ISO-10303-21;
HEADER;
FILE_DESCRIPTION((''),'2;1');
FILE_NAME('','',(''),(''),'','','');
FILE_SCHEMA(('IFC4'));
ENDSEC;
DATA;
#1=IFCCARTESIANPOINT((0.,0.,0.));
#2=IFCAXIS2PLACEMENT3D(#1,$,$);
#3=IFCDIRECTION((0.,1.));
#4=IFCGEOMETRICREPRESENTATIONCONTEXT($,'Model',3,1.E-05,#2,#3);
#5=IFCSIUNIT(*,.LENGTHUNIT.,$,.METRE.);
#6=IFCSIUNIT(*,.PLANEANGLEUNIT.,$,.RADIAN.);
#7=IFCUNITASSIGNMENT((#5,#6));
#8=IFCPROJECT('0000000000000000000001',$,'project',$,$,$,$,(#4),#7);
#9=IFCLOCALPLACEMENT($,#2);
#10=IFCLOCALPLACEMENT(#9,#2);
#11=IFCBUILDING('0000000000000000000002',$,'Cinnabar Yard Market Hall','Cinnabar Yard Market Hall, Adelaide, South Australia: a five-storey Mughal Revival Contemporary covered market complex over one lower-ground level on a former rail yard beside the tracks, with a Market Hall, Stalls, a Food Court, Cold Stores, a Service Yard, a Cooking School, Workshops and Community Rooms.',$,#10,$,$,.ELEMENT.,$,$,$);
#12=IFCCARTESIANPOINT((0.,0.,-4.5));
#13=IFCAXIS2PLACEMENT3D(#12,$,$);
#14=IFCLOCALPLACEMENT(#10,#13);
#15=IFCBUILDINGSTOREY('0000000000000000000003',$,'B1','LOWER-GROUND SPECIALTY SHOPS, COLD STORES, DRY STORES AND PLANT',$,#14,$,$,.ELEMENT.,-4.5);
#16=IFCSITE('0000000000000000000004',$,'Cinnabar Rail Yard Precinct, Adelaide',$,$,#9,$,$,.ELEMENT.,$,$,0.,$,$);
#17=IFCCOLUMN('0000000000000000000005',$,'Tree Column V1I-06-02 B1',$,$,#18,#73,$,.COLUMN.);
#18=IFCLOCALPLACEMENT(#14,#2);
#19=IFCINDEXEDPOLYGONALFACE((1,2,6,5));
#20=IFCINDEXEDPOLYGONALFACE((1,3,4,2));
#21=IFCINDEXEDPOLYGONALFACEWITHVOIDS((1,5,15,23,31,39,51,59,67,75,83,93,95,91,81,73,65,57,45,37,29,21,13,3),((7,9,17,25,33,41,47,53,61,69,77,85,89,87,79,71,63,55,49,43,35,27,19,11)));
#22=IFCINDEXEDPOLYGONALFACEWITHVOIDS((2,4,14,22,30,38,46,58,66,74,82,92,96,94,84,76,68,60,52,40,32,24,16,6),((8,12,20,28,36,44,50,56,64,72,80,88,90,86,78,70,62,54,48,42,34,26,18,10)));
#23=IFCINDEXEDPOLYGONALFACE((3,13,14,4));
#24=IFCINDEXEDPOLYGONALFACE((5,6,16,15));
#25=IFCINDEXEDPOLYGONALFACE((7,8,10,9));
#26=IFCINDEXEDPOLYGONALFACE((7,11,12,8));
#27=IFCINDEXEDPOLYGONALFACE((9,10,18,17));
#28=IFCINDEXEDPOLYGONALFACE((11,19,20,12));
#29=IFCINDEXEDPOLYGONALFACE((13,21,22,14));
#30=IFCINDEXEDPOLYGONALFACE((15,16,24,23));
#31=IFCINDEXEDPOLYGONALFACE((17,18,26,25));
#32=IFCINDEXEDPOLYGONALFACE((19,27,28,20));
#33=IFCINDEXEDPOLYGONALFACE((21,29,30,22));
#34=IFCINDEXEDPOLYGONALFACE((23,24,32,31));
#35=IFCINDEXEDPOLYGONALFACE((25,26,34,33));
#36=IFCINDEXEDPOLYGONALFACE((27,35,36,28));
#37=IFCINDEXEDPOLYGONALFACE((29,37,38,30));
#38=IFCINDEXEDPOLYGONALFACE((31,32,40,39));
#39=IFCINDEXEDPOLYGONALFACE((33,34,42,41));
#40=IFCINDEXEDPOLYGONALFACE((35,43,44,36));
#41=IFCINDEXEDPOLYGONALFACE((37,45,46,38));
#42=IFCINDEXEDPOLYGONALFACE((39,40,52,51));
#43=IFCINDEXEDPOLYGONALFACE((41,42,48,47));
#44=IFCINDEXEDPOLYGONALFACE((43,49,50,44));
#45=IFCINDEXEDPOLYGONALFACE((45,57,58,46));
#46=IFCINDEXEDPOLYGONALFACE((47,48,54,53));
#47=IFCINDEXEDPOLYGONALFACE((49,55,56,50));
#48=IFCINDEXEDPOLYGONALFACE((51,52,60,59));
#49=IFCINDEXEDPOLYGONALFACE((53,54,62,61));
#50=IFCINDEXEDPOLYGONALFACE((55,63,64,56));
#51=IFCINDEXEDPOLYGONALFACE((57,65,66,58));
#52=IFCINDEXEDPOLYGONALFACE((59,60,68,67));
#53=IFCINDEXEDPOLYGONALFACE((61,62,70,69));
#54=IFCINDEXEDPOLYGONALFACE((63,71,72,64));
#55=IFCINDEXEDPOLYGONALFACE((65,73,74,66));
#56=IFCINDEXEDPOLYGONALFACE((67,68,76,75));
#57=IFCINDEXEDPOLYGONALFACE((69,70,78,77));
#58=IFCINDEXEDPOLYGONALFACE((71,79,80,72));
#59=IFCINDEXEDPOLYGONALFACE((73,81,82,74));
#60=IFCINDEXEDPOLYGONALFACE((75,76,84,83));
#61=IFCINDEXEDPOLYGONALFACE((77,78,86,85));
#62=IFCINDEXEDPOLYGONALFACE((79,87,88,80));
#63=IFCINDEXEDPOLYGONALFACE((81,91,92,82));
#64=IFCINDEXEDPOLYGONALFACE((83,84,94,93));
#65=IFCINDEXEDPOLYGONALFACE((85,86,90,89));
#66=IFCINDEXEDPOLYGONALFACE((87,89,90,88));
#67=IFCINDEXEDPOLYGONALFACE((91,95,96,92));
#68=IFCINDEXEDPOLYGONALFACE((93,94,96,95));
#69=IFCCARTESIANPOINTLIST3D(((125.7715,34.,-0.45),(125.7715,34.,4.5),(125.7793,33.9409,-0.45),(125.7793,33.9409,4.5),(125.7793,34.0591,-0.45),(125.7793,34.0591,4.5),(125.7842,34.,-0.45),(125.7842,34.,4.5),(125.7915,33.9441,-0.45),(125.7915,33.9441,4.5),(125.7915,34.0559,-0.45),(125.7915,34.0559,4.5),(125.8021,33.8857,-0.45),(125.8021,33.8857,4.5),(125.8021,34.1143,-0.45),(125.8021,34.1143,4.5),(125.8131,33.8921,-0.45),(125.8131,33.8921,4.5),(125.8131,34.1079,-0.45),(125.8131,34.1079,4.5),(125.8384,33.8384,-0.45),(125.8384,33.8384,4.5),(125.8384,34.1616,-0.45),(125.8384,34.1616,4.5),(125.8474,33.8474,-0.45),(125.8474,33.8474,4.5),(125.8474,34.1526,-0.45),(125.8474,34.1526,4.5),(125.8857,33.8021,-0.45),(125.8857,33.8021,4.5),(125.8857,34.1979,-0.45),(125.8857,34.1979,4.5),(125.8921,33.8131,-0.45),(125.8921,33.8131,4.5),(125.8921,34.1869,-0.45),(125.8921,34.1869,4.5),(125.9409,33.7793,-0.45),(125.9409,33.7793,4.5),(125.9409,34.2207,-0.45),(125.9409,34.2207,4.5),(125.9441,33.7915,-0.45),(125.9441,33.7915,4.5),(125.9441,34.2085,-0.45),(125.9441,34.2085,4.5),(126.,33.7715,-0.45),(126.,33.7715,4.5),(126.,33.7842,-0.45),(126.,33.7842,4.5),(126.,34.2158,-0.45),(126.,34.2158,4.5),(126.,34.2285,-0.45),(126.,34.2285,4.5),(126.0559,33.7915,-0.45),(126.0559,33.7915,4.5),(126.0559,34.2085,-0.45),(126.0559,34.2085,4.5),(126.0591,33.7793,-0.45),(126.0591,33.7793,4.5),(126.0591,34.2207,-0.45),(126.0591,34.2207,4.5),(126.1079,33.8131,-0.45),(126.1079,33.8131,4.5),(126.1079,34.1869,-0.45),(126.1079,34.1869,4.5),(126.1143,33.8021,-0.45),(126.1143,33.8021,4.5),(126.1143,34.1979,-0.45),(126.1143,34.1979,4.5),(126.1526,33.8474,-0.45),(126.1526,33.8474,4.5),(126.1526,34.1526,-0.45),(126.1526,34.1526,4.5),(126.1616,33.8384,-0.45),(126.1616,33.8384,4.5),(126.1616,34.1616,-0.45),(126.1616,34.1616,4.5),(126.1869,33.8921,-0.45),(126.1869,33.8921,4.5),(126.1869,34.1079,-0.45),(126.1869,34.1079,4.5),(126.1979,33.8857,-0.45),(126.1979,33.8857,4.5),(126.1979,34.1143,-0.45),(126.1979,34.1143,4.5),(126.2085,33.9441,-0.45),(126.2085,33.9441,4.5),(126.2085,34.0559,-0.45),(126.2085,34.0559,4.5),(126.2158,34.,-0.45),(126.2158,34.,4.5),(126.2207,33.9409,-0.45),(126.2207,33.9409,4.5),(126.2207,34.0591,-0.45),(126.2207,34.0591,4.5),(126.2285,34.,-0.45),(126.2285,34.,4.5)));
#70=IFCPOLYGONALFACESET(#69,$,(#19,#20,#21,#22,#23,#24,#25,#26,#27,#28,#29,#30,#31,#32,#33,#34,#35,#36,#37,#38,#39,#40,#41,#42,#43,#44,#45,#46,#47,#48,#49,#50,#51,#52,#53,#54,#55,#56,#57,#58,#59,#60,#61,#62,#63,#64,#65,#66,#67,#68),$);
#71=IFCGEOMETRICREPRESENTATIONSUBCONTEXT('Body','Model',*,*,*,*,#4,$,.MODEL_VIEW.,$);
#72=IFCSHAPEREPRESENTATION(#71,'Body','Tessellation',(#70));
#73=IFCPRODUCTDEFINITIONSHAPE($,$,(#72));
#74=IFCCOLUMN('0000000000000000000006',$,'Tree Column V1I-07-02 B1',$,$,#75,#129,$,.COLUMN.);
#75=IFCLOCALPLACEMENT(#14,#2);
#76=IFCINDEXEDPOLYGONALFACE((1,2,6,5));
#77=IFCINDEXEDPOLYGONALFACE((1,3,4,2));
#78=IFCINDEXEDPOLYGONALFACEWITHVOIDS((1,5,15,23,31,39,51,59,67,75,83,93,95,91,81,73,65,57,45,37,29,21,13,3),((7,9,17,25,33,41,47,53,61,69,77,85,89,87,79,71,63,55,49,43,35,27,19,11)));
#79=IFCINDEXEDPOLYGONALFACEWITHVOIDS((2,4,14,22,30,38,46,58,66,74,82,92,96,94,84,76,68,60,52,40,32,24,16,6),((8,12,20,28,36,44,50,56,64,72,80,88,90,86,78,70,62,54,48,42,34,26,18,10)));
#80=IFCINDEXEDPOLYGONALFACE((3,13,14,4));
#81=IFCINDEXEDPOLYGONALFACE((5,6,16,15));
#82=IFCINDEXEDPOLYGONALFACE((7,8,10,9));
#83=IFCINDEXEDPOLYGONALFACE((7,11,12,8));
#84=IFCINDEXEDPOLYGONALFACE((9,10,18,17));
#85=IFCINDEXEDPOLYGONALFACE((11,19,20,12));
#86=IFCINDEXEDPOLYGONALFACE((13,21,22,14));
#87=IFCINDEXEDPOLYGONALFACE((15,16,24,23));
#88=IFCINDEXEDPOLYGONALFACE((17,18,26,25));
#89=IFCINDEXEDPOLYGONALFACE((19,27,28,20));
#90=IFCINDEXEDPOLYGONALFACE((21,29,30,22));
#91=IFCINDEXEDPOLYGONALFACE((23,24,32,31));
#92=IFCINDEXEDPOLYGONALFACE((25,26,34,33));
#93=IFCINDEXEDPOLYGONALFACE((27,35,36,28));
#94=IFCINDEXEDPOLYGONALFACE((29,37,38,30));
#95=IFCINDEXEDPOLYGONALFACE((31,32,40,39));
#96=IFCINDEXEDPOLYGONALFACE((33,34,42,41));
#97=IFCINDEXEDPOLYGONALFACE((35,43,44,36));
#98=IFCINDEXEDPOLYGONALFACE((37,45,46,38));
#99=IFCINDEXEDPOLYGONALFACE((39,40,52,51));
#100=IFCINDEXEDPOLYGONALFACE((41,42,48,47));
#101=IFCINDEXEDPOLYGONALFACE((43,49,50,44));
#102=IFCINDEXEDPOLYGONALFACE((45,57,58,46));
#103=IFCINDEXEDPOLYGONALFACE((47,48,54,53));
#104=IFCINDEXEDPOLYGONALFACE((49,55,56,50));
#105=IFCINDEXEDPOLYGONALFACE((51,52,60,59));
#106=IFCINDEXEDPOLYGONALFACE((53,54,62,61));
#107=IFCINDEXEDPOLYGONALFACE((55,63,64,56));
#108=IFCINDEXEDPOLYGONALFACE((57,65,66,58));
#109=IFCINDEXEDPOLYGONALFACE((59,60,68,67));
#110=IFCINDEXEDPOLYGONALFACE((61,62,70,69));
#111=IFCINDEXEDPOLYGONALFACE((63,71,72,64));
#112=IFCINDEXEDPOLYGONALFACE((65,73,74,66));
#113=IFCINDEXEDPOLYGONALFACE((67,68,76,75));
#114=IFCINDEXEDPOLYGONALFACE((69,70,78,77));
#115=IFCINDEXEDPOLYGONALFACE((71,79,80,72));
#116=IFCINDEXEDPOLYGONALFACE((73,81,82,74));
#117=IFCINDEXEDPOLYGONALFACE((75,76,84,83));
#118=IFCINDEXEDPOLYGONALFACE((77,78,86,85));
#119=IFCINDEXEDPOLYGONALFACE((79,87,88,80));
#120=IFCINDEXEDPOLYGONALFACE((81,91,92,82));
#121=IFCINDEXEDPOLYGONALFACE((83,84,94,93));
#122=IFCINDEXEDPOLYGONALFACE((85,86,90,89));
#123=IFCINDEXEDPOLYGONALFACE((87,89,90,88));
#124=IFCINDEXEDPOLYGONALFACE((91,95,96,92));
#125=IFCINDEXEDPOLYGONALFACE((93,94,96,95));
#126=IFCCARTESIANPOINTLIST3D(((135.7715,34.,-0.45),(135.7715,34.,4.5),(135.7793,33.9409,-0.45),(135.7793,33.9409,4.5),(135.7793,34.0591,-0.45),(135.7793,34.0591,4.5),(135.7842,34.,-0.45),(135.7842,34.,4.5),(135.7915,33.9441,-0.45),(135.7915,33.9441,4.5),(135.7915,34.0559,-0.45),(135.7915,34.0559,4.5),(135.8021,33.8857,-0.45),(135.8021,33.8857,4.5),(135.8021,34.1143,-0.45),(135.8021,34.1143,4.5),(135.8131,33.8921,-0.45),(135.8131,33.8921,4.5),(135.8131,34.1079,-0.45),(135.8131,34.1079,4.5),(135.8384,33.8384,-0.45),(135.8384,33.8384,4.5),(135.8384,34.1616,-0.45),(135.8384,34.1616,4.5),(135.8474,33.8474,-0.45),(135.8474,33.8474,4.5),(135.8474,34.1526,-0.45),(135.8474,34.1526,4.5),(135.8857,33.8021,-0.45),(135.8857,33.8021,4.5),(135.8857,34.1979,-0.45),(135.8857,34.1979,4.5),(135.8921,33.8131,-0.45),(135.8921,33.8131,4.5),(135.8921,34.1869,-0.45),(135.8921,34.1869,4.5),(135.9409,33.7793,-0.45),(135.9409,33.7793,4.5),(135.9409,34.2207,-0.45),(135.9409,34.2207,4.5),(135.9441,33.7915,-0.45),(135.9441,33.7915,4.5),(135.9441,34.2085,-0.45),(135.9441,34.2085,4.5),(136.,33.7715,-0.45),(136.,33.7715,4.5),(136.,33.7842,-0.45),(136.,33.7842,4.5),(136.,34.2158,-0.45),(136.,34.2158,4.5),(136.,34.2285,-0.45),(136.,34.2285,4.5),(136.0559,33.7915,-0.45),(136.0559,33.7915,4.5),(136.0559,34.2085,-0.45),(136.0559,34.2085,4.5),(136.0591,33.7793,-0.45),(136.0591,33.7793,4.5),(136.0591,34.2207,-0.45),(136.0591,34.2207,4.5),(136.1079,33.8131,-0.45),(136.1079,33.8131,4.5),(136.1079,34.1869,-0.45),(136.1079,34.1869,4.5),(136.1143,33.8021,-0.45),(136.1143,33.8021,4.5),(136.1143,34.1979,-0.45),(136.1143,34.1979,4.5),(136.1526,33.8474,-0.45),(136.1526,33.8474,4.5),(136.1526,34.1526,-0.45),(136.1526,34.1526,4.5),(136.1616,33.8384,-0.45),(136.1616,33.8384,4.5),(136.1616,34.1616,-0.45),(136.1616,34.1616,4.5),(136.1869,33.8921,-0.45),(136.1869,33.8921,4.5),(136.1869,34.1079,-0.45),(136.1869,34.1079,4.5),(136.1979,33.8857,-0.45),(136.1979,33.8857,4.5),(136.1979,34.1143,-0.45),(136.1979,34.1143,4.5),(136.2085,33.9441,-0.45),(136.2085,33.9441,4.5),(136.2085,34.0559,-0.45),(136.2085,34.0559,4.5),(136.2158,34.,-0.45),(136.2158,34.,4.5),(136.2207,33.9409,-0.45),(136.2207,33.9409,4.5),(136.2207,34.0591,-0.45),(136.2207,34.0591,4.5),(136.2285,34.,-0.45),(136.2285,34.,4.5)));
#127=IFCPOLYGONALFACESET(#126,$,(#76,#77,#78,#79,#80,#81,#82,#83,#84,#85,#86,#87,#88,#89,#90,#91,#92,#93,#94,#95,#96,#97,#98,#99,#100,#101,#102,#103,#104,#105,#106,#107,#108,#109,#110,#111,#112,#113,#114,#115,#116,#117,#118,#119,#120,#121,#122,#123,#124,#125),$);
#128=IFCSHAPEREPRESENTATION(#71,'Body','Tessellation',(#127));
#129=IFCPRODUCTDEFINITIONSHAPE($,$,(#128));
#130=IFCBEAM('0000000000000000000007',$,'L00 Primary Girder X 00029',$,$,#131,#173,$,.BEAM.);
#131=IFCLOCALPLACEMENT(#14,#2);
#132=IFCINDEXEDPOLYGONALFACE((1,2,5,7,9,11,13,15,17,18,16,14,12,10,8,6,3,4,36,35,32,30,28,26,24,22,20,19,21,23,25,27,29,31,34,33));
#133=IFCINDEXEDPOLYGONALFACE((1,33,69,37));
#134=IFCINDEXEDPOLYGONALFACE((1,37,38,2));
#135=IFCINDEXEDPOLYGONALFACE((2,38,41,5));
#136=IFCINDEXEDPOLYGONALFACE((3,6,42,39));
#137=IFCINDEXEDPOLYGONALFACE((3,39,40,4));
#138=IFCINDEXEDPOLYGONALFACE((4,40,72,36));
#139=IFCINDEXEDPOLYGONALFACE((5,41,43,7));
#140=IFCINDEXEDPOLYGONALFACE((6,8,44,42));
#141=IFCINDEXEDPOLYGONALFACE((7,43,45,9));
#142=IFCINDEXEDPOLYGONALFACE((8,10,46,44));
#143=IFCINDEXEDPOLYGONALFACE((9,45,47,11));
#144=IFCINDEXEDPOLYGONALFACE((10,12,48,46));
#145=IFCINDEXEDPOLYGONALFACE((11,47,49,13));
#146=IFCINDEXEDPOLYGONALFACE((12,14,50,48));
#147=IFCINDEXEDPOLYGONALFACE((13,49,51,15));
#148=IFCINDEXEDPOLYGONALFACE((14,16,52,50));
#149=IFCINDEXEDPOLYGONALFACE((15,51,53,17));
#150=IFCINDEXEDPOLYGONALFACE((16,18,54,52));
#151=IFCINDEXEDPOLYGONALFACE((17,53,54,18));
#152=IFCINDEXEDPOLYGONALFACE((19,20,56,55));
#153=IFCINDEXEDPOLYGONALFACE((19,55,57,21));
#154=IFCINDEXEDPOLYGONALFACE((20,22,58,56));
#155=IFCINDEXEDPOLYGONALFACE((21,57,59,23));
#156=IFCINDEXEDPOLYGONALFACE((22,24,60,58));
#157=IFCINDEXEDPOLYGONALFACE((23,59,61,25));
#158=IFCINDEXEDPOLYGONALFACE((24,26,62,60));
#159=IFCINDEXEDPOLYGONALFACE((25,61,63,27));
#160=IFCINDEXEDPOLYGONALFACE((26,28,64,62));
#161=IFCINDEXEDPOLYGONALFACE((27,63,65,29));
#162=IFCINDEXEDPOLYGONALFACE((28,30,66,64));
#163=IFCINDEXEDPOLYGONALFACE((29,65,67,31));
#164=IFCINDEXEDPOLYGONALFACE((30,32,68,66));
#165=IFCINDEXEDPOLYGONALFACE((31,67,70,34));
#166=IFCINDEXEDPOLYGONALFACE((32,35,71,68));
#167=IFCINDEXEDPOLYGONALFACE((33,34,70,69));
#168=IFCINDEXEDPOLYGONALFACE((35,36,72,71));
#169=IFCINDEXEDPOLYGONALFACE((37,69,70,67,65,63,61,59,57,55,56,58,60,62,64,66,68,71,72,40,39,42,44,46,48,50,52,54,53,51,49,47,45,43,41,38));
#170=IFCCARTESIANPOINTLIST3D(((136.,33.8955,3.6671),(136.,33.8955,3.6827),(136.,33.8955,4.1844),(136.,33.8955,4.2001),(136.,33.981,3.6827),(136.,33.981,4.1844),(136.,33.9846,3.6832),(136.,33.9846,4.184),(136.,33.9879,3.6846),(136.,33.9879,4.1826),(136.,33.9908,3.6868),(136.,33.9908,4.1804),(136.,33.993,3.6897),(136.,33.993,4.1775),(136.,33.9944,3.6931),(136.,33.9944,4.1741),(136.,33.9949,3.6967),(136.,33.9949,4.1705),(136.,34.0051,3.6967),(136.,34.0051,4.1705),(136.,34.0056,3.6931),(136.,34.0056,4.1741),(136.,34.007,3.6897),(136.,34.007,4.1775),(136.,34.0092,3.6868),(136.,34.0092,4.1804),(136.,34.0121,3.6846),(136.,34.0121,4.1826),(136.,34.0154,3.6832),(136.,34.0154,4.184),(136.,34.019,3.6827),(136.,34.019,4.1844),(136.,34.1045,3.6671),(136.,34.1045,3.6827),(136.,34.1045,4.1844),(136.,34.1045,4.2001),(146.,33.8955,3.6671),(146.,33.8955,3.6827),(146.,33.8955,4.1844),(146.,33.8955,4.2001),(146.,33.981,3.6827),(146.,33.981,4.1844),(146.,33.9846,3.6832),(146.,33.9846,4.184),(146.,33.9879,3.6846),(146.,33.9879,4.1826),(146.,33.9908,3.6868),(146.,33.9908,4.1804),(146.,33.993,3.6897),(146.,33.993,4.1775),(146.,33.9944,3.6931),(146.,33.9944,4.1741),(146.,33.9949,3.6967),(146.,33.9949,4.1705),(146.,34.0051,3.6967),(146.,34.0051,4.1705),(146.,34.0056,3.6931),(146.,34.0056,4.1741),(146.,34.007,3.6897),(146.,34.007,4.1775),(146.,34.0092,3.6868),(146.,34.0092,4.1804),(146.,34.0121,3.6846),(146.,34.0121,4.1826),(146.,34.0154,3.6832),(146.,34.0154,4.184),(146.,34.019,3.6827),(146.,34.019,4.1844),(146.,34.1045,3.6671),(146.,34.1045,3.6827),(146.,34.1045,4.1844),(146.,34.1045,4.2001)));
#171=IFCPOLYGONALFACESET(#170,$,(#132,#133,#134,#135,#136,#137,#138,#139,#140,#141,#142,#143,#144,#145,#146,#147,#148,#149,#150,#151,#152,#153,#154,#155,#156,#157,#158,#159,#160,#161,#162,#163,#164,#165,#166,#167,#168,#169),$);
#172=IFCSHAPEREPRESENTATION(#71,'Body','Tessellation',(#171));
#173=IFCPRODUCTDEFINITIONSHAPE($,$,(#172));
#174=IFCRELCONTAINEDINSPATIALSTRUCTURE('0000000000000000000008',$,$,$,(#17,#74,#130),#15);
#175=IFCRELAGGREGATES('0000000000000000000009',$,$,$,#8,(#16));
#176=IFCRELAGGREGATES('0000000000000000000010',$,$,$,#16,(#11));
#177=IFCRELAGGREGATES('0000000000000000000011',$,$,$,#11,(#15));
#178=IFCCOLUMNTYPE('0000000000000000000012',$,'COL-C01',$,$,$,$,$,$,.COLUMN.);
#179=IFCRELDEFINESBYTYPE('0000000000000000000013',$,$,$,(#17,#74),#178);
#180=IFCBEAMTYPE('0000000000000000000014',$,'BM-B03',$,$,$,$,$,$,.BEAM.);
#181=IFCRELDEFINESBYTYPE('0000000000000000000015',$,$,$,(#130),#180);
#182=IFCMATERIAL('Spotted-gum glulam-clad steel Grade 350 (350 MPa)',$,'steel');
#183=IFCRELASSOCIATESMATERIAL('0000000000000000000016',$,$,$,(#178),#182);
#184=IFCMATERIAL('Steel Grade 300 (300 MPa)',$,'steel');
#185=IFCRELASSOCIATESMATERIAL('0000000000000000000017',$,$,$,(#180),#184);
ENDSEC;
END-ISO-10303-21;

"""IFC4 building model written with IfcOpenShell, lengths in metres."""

from ifc_helpers import new_model, si_unit, direction, frame, origin, origin_2d_with_axis, place, context, subcontext, project, spatial, hollow_circle, i_section, extrude, material, material_profile, profile_set, type_object, element, save


model = new_model("IFC4")

# Units and contexts
model_context = context("Model", 3, precision=1e-05, world=origin(), true_north=direction((0.0, 1.0)))
body_context = subcontext(model_context, "Body", "Model", "MODEL_VIEW")
ifc_project = project(units=[si_unit("LENGTHUNIT", "METRE"), si_unit("PLANEANGLEUNIT", "RADIAN")], contexts=[model_context])

# Site, building, storey
site_placement = place(None, origin())
site = spatial("IfcSite", under=ifc_project, at=site_placement, Name="Cinnabar Rail Yard Precinct, Adelaide", CompositionType="ELEMENT", RefElevation=0.0)
building_placement = place(site_placement, origin())
building = spatial("IfcBuilding", under=site, at=building_placement, Name="Cinnabar Yard Market Hall", Description="Cinnabar Yard Market Hall, Adelaide, South Australia: a five-storey Mughal Revival Contemporary covered market complex over one lower-ground level on a former rail yard beside the tracks, with a Market Hall, Stalls, a Food Court, Cold Stores, a Service Yard, a Cooking School, Workshops and Community Rooms.", CompositionType="ELEMENT")
storey_placement = place(building_placement, frame((0.0, 0.0, -4.5)))
storey = spatial("IfcBuildingStorey", under=building, at=storey_placement, Name="B1", Description="LOWER-GROUND SPECIALTY SHOPS, COLD STORES, DRY STORES AND PLANT", CompositionType="ELEMENT", Elevation=-4.5)

# Columns
ifc_material_1 = material(Name="Spotted-gum glulam-clad steel Grade 350 (350 MPa)", Category="steel")
ifc_material_profile_1 = material_profile(ifc_material_1, hollow_circle(Radius=0.2285, WallThickness=0.0127, at=origin_2d_with_axis()), Name="457.0x12.7CHS")
ifc_profile_set_1 = profile_set([ifc_material_profile_1], Name="Spotted-gum glulam-clad steel Grade 350 (350 MPa)")
column_type = type_object("IfcColumnType", Name="COL-C01", PredefinedType="COLUMN", material=ifc_profile_set_1)
for number, where, z_axis, x_axis, name in (
    (1, (126.0, 34.0, -0.45), (0.0, 0.0, 1.0), (1.0, 0.0, 0.0), "Tree Column V1I-06-02 B1"),
    (2, (136.0, 34.0, -0.45), (0.0, 0.0, 1.0), (1.0, 0.0, 0.0), "Tree Column V1I-07-02 B1"),
):
    element("IfcColumn", number, at=place(storey_placement, frame(where, z_axis=z_axis, x_axis=x_axis)), inside=storey, type_object=column_type, Name=name, PredefinedType="COLUMN", context=body_context, shape_type="SweptSolid", body=[
        extrude(hollow_circle(Radius=0.2285, WallThickness=0.0127, at=origin_2d_with_axis()), origin(), (0.0, 0.0, 1.0), 4.95),
    ])

# Beam
ifc_material_2 = material(Name="Steel Grade 300 (300 MPa)", Category="steel")
ifc_material_profile_2 = material_profile(ifc_material_2, i_section(OverallWidth=0.209, OverallDepth=0.533, WebThickness=0.0103, FlangeThickness=0.0156, FilletRadius=0.0139, at=origin_2d_with_axis()), Name="530UB92.4")
ifc_profile_set_2 = profile_set([ifc_material_profile_2], Name="Steel Grade 300 (300 MPa)")
beam_type_1 = type_object("IfcBeamType", Name="BM-B03", PredefinedType="BEAM", material=ifc_profile_set_2)
beam_1_placement = place(storey_placement, frame((136.0, 34.0, 3.9336), z_axis=(1.0, 0.0, 0.0), x_axis=(0.0, 1.0, 0.0)))
element("IfcBeam", 3, at=beam_1_placement, inside=storey, type_object=beam_type_1, Name="L00 Primary Girder X 00029", PredefinedType="BEAM", context=body_context, shape_type="SweptSolid", body=[
    extrude(i_section(OverallWidth=0.209, OverallDepth=0.533, WebThickness=0.0103, FlangeThickness=0.0156, FilletRadius=0.0139, at=origin_2d_with_axis()), origin(), (0.0, 0.0, 1.0), 10.0),
])

save(model, "model.ifc")
